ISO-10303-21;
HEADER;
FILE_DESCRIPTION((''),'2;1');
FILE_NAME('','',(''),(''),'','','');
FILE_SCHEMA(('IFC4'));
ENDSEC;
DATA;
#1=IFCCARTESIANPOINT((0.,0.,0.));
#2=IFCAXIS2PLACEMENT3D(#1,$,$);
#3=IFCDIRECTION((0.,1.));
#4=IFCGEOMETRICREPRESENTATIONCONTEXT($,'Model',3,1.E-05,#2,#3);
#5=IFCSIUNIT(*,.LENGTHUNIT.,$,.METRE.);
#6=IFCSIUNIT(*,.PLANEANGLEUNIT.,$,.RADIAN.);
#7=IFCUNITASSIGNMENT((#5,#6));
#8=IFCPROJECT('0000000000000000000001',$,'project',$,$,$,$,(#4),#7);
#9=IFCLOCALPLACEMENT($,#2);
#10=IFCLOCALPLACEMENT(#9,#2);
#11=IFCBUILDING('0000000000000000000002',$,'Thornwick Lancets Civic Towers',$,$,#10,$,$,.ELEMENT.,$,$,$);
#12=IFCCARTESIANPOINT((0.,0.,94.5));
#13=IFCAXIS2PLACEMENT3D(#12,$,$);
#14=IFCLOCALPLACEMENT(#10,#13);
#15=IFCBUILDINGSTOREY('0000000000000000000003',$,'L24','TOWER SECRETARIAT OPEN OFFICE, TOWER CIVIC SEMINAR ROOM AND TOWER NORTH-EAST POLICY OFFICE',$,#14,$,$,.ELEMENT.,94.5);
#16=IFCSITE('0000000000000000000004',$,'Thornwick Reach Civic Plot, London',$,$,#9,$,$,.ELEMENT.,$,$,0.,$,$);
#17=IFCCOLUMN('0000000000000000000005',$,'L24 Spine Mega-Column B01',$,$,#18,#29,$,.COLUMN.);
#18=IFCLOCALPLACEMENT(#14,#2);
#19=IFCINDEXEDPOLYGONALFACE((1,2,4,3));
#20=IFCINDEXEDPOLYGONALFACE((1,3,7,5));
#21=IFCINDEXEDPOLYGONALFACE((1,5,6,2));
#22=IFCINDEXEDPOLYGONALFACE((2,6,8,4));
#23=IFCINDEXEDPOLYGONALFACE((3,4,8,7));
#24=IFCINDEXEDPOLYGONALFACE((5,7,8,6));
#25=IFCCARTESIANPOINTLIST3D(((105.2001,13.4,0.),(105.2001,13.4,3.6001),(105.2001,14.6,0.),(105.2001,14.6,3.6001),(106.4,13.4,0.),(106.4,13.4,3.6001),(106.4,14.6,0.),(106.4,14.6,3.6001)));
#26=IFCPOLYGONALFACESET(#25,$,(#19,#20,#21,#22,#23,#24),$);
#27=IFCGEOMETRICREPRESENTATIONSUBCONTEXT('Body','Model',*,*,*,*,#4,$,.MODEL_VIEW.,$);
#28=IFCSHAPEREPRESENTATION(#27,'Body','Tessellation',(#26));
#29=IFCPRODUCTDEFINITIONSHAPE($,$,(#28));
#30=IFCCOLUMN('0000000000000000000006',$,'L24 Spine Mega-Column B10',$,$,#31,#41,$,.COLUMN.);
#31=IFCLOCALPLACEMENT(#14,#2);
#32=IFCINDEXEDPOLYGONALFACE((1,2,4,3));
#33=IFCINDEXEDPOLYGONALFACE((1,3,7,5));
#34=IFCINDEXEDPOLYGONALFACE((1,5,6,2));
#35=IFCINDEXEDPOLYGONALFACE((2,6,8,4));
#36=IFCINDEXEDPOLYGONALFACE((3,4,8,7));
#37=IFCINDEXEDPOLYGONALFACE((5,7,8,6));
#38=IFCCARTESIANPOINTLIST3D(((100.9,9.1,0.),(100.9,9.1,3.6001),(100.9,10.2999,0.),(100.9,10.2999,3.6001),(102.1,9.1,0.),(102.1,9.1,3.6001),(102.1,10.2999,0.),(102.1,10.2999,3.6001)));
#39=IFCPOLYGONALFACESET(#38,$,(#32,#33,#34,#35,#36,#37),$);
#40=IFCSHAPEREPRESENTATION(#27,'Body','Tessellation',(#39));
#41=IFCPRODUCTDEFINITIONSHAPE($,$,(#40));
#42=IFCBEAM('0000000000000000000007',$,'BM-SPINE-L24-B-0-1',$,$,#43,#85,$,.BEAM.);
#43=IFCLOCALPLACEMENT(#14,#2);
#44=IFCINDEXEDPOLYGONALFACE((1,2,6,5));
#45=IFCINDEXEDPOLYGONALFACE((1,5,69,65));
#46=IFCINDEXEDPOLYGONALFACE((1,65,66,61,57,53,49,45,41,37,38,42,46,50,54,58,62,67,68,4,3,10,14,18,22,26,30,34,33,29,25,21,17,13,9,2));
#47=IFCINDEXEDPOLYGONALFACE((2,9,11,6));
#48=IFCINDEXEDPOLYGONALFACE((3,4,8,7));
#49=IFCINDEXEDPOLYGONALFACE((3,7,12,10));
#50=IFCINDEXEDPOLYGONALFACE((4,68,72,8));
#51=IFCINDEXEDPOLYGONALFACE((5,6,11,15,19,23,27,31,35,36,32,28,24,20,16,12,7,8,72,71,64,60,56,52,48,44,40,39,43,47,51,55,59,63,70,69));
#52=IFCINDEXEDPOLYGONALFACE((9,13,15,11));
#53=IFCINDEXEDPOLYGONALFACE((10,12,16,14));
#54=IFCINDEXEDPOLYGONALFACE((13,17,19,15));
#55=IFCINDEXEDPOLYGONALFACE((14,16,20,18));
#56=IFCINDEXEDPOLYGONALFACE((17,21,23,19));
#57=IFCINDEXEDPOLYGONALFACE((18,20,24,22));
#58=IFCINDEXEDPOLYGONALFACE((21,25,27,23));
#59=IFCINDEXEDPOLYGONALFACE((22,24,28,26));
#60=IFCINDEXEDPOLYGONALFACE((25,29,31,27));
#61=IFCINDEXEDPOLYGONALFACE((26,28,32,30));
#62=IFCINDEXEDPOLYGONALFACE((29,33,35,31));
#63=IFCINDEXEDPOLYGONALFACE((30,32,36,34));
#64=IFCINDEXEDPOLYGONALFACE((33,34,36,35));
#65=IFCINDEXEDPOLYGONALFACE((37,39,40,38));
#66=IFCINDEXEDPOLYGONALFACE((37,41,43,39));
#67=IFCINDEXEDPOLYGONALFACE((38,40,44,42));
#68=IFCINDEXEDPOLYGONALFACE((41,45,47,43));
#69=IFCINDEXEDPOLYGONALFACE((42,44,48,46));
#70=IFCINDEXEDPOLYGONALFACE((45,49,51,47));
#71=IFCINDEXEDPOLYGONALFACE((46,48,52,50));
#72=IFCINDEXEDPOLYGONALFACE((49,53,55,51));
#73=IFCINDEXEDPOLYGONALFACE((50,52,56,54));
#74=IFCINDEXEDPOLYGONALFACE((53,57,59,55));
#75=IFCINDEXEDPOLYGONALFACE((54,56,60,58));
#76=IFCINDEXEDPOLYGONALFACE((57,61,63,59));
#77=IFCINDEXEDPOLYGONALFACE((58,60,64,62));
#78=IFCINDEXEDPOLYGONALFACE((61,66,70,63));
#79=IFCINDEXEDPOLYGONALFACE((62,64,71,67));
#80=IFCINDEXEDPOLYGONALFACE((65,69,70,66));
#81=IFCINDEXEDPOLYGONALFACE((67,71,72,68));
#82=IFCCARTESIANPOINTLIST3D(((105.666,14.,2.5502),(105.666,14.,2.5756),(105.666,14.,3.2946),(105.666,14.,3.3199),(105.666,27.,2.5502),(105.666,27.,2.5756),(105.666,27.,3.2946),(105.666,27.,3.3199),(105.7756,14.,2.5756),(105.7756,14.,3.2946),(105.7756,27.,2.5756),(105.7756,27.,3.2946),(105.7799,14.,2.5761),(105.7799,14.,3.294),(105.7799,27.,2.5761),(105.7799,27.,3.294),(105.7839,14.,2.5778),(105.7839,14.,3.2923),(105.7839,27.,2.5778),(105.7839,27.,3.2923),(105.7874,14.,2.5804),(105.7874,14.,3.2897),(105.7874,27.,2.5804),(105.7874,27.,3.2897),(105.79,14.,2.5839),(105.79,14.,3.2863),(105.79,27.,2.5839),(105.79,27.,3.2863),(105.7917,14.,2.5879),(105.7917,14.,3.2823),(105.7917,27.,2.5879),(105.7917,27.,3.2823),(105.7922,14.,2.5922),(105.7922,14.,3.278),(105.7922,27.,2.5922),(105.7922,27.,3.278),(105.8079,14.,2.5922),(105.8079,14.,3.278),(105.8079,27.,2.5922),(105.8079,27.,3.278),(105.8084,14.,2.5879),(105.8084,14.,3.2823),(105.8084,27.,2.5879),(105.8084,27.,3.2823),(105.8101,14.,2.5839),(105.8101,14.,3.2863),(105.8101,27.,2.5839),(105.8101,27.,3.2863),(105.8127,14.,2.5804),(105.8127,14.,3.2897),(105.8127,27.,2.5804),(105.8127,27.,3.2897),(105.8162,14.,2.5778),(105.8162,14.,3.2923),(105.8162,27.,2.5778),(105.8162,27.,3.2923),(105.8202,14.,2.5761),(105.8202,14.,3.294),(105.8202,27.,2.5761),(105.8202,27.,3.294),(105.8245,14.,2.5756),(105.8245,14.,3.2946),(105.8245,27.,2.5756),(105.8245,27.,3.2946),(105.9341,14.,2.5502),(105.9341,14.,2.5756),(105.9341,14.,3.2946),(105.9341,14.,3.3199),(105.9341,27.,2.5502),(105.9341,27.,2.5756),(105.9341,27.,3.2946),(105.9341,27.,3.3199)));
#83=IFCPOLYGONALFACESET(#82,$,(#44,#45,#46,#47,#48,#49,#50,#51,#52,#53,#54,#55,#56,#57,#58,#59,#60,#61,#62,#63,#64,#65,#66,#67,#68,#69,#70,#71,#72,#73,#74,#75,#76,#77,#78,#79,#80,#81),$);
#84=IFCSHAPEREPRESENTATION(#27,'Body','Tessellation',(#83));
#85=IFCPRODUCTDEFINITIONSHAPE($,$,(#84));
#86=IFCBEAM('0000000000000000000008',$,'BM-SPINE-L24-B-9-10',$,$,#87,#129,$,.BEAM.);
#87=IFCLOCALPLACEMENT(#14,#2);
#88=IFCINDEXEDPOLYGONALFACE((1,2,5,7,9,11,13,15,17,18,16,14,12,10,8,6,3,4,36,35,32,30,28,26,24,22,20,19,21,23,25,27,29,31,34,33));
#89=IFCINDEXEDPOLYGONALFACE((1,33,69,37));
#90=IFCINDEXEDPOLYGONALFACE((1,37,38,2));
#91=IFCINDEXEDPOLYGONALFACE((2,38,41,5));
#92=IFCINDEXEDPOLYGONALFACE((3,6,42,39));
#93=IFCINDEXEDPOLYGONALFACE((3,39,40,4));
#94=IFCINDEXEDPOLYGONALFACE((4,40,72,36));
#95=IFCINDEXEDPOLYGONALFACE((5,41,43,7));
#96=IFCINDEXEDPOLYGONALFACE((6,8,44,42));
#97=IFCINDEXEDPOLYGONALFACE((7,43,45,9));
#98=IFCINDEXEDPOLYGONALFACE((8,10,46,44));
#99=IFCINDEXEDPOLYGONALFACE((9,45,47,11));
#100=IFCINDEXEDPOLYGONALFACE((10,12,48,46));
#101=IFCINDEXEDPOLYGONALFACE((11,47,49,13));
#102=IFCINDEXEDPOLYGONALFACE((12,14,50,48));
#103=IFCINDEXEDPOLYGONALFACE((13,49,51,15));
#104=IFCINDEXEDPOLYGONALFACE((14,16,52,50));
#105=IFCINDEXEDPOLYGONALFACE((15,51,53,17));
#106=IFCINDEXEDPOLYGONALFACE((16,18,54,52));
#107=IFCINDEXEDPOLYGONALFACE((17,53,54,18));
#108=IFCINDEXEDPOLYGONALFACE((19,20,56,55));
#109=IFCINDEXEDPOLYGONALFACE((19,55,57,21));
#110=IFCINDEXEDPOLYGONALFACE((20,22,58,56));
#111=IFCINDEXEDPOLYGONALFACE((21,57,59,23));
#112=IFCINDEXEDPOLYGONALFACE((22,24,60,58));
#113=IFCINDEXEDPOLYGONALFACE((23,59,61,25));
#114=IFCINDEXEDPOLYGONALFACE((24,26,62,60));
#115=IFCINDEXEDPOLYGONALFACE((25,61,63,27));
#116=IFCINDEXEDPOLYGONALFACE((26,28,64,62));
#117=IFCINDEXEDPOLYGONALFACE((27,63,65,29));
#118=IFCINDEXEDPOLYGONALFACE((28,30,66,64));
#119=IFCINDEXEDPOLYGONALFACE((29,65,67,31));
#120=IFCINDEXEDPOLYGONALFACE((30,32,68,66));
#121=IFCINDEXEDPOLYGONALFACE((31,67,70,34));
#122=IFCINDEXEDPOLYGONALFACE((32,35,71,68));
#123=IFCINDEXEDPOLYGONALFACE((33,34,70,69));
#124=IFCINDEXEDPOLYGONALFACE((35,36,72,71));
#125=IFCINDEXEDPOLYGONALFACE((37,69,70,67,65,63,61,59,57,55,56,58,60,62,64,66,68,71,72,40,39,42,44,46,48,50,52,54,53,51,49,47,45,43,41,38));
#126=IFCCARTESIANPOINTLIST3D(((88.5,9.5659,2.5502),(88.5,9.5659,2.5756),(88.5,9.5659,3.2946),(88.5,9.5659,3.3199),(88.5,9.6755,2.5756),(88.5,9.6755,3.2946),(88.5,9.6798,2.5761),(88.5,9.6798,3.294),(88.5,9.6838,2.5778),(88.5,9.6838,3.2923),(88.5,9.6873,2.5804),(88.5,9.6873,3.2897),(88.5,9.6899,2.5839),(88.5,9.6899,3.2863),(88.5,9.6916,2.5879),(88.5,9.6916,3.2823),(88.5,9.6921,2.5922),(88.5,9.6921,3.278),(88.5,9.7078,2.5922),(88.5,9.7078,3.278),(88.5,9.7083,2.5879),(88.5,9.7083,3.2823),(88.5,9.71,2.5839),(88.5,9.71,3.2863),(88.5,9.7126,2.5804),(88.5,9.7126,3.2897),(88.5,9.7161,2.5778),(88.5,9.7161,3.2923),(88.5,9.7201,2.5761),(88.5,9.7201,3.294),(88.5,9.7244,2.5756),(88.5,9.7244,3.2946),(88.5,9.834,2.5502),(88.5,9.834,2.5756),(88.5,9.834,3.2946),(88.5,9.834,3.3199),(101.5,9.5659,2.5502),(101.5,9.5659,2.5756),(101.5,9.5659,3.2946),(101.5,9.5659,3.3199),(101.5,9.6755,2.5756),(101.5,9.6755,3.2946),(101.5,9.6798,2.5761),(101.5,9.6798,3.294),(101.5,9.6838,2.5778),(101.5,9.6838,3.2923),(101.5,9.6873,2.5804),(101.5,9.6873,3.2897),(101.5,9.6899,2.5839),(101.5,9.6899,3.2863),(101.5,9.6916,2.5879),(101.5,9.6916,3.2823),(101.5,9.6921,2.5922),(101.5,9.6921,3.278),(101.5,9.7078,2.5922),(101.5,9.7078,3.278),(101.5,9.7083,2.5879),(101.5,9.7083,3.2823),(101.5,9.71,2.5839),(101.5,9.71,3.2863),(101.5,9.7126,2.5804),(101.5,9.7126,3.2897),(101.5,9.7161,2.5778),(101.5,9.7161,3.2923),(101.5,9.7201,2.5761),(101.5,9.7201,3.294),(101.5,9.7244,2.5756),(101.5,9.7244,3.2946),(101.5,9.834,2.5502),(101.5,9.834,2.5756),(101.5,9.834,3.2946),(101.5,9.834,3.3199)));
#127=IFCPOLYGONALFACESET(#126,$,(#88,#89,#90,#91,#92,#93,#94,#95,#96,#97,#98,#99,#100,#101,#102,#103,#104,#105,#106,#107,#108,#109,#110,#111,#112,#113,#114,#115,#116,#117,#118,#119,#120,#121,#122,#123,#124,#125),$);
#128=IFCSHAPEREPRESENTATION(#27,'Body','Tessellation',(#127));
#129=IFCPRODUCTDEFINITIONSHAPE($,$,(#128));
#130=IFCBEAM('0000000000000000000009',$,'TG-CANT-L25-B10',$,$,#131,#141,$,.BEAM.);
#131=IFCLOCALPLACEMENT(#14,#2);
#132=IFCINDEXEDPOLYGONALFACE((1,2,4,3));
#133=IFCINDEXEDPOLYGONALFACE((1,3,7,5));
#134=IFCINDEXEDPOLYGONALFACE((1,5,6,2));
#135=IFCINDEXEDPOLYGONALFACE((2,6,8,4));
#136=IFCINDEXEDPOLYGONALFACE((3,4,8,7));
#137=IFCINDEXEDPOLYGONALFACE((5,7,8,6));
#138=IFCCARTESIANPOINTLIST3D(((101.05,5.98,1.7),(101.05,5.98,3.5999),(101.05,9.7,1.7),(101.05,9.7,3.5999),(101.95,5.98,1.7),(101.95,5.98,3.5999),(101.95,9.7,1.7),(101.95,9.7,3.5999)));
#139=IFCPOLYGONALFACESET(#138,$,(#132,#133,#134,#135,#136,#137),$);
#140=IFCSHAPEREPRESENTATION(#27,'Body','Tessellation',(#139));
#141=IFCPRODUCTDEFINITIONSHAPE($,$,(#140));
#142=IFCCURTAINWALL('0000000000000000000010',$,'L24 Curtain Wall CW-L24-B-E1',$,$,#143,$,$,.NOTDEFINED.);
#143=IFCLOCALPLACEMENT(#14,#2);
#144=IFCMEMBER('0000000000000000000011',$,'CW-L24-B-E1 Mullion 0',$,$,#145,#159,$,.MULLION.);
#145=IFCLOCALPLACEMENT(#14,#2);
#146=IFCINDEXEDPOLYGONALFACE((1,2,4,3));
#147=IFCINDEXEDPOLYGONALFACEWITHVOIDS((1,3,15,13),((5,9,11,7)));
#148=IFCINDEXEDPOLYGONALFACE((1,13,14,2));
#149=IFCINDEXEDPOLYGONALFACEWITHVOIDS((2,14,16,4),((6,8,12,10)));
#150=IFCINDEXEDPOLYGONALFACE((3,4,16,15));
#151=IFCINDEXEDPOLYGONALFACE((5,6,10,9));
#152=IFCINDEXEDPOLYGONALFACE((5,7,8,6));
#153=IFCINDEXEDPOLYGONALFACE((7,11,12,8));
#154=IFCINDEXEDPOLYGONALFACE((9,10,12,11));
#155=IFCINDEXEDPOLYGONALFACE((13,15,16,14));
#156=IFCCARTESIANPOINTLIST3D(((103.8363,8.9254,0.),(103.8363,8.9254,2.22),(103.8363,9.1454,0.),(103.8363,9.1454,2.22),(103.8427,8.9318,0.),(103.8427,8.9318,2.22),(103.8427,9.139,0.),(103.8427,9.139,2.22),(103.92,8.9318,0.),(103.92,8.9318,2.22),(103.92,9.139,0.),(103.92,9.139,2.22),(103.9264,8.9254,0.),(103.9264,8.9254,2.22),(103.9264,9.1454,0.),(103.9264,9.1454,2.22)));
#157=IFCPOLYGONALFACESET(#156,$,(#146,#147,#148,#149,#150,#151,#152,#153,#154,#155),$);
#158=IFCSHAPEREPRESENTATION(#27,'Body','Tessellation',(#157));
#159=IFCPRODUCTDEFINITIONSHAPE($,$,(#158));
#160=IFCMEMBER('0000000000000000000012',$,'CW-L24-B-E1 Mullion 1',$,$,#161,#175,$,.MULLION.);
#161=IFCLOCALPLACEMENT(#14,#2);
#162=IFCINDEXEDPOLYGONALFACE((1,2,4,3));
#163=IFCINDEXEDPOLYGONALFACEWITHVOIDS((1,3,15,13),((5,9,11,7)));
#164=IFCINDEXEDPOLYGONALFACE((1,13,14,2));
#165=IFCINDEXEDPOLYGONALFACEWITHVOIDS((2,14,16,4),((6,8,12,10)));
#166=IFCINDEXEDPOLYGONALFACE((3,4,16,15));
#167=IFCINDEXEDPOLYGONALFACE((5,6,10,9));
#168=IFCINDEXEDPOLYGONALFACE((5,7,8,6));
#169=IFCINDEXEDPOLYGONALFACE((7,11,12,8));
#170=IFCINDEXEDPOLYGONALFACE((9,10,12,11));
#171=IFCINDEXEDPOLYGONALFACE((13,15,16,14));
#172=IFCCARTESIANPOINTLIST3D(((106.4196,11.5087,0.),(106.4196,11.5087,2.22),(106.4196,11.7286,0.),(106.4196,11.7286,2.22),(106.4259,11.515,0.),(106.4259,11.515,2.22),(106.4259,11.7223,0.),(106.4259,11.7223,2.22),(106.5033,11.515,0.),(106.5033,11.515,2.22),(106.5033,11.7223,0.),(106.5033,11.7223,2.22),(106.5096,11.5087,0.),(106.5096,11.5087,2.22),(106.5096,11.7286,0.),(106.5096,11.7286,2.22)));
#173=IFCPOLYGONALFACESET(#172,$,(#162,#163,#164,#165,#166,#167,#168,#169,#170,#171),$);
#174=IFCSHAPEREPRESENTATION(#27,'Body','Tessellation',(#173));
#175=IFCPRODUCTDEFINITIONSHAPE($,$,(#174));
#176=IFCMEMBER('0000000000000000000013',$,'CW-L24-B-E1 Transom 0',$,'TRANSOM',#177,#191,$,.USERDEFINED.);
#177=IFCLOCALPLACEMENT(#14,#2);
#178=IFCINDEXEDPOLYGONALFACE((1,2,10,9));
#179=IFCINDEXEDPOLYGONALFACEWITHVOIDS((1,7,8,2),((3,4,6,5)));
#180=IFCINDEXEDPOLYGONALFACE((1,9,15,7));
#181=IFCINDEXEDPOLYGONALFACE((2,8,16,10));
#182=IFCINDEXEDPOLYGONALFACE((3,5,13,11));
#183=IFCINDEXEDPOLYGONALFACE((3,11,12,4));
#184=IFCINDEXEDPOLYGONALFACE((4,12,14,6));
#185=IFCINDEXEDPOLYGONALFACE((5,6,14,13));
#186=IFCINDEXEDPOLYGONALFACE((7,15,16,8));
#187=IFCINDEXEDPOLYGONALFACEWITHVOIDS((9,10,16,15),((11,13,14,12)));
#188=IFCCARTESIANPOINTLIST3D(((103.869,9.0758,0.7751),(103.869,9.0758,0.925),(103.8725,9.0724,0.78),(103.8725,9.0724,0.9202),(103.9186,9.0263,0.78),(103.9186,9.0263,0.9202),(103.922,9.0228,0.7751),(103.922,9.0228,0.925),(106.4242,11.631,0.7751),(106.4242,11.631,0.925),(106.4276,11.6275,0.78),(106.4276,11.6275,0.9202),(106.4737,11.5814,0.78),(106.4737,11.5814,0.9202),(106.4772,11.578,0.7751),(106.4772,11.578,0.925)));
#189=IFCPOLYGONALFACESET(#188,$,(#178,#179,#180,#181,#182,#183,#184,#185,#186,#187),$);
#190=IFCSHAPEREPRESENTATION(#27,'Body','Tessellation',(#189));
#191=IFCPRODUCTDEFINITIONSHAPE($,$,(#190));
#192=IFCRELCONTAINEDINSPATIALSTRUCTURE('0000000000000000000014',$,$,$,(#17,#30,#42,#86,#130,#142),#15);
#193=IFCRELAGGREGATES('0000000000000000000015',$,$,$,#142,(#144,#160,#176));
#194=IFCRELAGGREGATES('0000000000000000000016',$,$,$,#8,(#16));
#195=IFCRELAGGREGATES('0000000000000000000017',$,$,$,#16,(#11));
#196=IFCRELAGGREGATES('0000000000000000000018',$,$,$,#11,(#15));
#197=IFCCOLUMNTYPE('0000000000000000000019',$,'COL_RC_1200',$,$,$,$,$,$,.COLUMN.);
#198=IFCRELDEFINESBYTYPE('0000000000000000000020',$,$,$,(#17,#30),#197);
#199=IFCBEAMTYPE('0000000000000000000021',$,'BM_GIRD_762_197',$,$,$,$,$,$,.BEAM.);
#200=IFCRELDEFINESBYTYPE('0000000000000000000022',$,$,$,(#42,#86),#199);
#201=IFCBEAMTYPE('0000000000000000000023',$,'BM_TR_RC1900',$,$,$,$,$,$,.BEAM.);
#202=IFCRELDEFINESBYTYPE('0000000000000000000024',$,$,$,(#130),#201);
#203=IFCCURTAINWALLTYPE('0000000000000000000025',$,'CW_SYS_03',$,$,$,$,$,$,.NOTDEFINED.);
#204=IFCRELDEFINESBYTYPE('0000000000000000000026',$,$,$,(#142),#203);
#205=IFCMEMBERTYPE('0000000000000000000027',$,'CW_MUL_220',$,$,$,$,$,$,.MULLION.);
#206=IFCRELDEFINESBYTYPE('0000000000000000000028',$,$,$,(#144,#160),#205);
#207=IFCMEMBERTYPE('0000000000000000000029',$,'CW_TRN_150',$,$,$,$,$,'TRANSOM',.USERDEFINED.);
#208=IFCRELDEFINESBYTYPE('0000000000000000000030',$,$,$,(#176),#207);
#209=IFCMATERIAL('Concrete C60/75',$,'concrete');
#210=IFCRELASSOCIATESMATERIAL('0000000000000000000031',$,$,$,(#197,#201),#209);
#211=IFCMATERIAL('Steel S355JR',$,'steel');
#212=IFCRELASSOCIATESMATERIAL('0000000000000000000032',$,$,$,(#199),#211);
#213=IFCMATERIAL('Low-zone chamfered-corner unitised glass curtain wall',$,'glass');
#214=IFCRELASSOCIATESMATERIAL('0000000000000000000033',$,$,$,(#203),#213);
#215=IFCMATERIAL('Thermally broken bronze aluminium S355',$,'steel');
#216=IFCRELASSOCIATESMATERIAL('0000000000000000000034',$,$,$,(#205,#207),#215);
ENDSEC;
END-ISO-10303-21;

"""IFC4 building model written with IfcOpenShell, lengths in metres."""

from ifc_helpers import new_model, si_unit, direction, frame, origin, origin_2d, place, context, subcontext, project, spatial, rectangle, hollow_rectangle, i_section, extrude, material, material_profile, profile_set, type_object, element, aggregate, save


model = new_model("IFC4")

# Units and contexts
model_context = context("Model", 3, precision=1e-05, world=origin(), true_north=direction((0.0, 1.0)))
body_context = subcontext(model_context, "Body", "Model", "MODEL_VIEW")
ifc_project = project(units=[si_unit("LENGTHUNIT", "METRE"), si_unit("PLANEANGLEUNIT", "RADIAN")], contexts=[model_context])

# Site, building, storey
site_placement = place(None, origin())
site = spatial("IfcSite", under=ifc_project, at=site_placement, Name="Thornwick Reach Civic Plot, London", CompositionType="ELEMENT", RefElevation=0.0)
building_placement = place(site_placement, origin())
building = spatial("IfcBuilding", under=site, at=building_placement, Name="Thornwick Lancets Civic Towers", CompositionType="ELEMENT")
storey_placement = place(building_placement, frame((0.0, 0.0, 94.5)))
storey = spatial("IfcBuildingStorey", under=building, at=storey_placement, Name="L24", Description="TOWER SECRETARIAT OPEN OFFICE, TOWER CIVIC SEMINAR ROOM AND TOWER NORTH-EAST POLICY OFFICE", CompositionType="ELEMENT", Elevation=94.5)

# Columns
ifc_material_1 = material(Name="Concrete C60/75", Category="concrete")
ifc_material_profile_1 = material_profile(ifc_material_1, rectangle(XDim=1.2, YDim=1.2, at=origin_2d()), Name="RC 1200x1200")
ifc_profile_set_1 = profile_set([ifc_material_profile_1], Name="Concrete C60/75")
column_type = type_object("IfcColumnType", Name="COL_RC_1200", PredefinedType="COLUMN", material=ifc_profile_set_1)
for number, where, z_axis, x_axis, name in (
    (1, (105.8, 14.0, 0.0), (0.0, 0.0, 1.0), (1.0, 0.0, 0.0), "L24 Spine Mega-Column B01"),
    (2, (101.5, 9.7, 0.0), (0.0, 0.0, 1.0), (1.0, 0.0, 0.0), "L24 Spine Mega-Column B10"),
):
    element("IfcColumn", number, at=place(storey_placement, frame(where, z_axis=z_axis, x_axis=x_axis)), inside=storey, type_object=column_type, Name=name, PredefinedType="COLUMN", context=body_context, shape_type="SweptSolid", body=[
        extrude(rectangle(XDim=1.2, YDim=1.2, at=origin_2d()), origin(), (0.0, 0.0, 1.0), 3.6001),
    ])

# Beams
ifc_material_2 = material(Name="Steel S355JR", Category="steel")
ifc_material_profile_2 = material_profile(ifc_material_2, i_section(OverallWidth=0.2681, OverallDepth=0.7698, WebThickness=0.0156, FlangeThickness=0.0254, FilletRadius=0.0166, at=origin_2d()), Name="UKB 762x267x197")
ifc_profile_set_2 = profile_set([ifc_material_profile_2], Name="Steel S355JR")
beam_type_1 = type_object("IfcBeamType", Name="BM_GIRD_762_197", PredefinedType="BEAM", material=ifc_profile_set_2)
for number, where, z_axis, x_axis, name in (
    (3, (105.8, 14.0, 2.9351), (0.0, 1.0, 0.0), (-1.0, 0.0, 0.0), "BM-SPINE-L24-B-0-1"),
    (4, (101.5, 9.7, 2.9351), (-1.0, 0.0, 0.0), (0.0, -1.0, 0.0), "BM-SPINE-L24-B-9-10"),
):
    element("IfcBeam", number, at=place(storey_placement, frame(where, z_axis=z_axis, x_axis=x_axis)), inside=storey, type_object=beam_type_1, Name=name, PredefinedType="BEAM", context=body_context, shape_type="SweptSolid", body=[
        extrude(i_section(OverallWidth=0.2681, OverallDepth=0.7698, WebThickness=0.0156, FlangeThickness=0.0254, FilletRadius=0.0166, at=origin_2d()), origin(), (0.0, 0.0, 1.0), 13.0),
    ])
ifc_material_profile_3 = material_profile(ifc_material_1, rectangle(XDim=0.8999, YDim=1.8999, at=origin_2d()), Name="RC 900x1900")
ifc_profile_set_3 = profile_set([ifc_material_profile_3], Name="Concrete C60/75")
beam_type_2 = type_object("IfcBeamType", Name="BM_TR_RC1900", PredefinedType="BEAM", material=ifc_profile_set_3)
beam_placement = place(storey_placement, frame((101.5, 9.7, 2.6499), z_axis=(0.0, -1.0, 0.0), x_axis=(1.0, 0.0, 0.0)))
element("IfcBeam", 5, at=beam_placement, inside=storey, type_object=beam_type_2, Name="TG-CANT-L25-B10", PredefinedType="BEAM", context=body_context, shape_type="SweptSolid", body=[
    extrude(rectangle(XDim=0.8999, YDim=1.8999, at=origin_2d()), origin(), (0.0, 0.0, 1.0), 3.72),
])

# Curtain wall, members
ifc_material_3 = material(Name="Low-zone chamfered-corner unitised glass curtain wall", Category="glass")
curtain_wall_type = type_object("IfcCurtainWallType", Name="CW_SYS_03", PredefinedType="NOTDEFINED", material=ifc_material_3)
curtain_wall_placement = place(storey_placement, origin())
curtain_wall = element("IfcCurtainWall", 6, at=curtain_wall_placement, inside=storey, type_object=curtain_wall_type, Name="L24 Curtain Wall CW-L24-B-E1", PredefinedType="NOTDEFINED")
ifc_material_4 = material(Name="Thermally broken bronze aluminium S355", Category="steel")
ifc_material_profile_4 = material_profile(ifc_material_4, hollow_rectangle(XDim=0.0901, YDim=0.22, WallThickness=0.0063, at=origin_2d()), Name="RHS 220x90x6.3")
ifc_profile_set_4 = profile_set([ifc_material_profile_4], Name="Thermally broken bronze aluminium S355")
member_type_1 = type_object("IfcMemberType", Name="CW_MUL_220", PredefinedType="MULLION", material=ifc_profile_set_4)
member_1_placement = place(storey_placement, frame((103.8813, 9.0354, 0.0), z_axis=(0.0, 0.0, 1.0), x_axis=(1.0, 0.0, 0.0)))
member_1 = element("IfcMember", 7, at=member_1_placement, type_object=member_type_1, Name="CW-L24-B-E1 Mullion 0", PredefinedType="MULLION", context=body_context, shape_type="SweptSolid", body=[
    extrude(hollow_rectangle(XDim=0.0901, YDim=0.22, WallThickness=0.0063, at=origin_2d()), origin(), (0.0, 0.0, 1.0), 2.22),
])
member_2_placement = place(storey_placement, frame((106.4646, 11.6187, 0.0), z_axis=(0.0, 0.0, 1.0), x_axis=(1.0, 0.0, 0.0)))
member_2 = element("IfcMember", 8, at=member_2_placement, type_object=member_type_1, Name="CW-L24-B-E1 Mullion 1", PredefinedType="MULLION", context=body_context, shape_type="SweptSolid", body=[
    extrude(hollow_rectangle(XDim=0.0901, YDim=0.22, WallThickness=0.0063, at=origin_2d()), origin(), (0.0, 0.0, 1.0), 2.22),
])
ifc_material_profile_5 = material_profile(ifc_material_4, hollow_rectangle(XDim=0.075, YDim=0.1499, WallThickness=0.0049, at=origin_2d()), Name="RHS 150x75x5")
ifc_profile_set_5 = profile_set([ifc_material_profile_5], Name="Thermally broken bronze aluminium S355")
member_type_2 = type_object("IfcMemberType", Name="CW_TRN_150", ElementType="TRANSOM", PredefinedType="USERDEFINED", material=ifc_profile_set_5)
member_3_placement = place(storey_placement, frame((103.8955, 9.0493, 0.8501), z_axis=(0.707107, 0.707107, 0.0), x_axis=(-0.707107, 0.707107, 0.0)))
member_3 = element("IfcMember", 9, at=member_3_placement, type_object=member_type_2, Name="CW-L24-B-E1 Transom 0", ObjectType="TRANSOM", PredefinedType="USERDEFINED", context=body_context, shape_type="SweptSolid", body=[
    extrude(hollow_rectangle(XDim=0.075, YDim=0.1499, WallThickness=0.0049, at=origin_2d()), origin(), (0.0, 0.0, 1.0), 3.6135),
])

aggregate(curtain_wall, [member_1, member_2, member_3])

save(model, "model.ifc")
